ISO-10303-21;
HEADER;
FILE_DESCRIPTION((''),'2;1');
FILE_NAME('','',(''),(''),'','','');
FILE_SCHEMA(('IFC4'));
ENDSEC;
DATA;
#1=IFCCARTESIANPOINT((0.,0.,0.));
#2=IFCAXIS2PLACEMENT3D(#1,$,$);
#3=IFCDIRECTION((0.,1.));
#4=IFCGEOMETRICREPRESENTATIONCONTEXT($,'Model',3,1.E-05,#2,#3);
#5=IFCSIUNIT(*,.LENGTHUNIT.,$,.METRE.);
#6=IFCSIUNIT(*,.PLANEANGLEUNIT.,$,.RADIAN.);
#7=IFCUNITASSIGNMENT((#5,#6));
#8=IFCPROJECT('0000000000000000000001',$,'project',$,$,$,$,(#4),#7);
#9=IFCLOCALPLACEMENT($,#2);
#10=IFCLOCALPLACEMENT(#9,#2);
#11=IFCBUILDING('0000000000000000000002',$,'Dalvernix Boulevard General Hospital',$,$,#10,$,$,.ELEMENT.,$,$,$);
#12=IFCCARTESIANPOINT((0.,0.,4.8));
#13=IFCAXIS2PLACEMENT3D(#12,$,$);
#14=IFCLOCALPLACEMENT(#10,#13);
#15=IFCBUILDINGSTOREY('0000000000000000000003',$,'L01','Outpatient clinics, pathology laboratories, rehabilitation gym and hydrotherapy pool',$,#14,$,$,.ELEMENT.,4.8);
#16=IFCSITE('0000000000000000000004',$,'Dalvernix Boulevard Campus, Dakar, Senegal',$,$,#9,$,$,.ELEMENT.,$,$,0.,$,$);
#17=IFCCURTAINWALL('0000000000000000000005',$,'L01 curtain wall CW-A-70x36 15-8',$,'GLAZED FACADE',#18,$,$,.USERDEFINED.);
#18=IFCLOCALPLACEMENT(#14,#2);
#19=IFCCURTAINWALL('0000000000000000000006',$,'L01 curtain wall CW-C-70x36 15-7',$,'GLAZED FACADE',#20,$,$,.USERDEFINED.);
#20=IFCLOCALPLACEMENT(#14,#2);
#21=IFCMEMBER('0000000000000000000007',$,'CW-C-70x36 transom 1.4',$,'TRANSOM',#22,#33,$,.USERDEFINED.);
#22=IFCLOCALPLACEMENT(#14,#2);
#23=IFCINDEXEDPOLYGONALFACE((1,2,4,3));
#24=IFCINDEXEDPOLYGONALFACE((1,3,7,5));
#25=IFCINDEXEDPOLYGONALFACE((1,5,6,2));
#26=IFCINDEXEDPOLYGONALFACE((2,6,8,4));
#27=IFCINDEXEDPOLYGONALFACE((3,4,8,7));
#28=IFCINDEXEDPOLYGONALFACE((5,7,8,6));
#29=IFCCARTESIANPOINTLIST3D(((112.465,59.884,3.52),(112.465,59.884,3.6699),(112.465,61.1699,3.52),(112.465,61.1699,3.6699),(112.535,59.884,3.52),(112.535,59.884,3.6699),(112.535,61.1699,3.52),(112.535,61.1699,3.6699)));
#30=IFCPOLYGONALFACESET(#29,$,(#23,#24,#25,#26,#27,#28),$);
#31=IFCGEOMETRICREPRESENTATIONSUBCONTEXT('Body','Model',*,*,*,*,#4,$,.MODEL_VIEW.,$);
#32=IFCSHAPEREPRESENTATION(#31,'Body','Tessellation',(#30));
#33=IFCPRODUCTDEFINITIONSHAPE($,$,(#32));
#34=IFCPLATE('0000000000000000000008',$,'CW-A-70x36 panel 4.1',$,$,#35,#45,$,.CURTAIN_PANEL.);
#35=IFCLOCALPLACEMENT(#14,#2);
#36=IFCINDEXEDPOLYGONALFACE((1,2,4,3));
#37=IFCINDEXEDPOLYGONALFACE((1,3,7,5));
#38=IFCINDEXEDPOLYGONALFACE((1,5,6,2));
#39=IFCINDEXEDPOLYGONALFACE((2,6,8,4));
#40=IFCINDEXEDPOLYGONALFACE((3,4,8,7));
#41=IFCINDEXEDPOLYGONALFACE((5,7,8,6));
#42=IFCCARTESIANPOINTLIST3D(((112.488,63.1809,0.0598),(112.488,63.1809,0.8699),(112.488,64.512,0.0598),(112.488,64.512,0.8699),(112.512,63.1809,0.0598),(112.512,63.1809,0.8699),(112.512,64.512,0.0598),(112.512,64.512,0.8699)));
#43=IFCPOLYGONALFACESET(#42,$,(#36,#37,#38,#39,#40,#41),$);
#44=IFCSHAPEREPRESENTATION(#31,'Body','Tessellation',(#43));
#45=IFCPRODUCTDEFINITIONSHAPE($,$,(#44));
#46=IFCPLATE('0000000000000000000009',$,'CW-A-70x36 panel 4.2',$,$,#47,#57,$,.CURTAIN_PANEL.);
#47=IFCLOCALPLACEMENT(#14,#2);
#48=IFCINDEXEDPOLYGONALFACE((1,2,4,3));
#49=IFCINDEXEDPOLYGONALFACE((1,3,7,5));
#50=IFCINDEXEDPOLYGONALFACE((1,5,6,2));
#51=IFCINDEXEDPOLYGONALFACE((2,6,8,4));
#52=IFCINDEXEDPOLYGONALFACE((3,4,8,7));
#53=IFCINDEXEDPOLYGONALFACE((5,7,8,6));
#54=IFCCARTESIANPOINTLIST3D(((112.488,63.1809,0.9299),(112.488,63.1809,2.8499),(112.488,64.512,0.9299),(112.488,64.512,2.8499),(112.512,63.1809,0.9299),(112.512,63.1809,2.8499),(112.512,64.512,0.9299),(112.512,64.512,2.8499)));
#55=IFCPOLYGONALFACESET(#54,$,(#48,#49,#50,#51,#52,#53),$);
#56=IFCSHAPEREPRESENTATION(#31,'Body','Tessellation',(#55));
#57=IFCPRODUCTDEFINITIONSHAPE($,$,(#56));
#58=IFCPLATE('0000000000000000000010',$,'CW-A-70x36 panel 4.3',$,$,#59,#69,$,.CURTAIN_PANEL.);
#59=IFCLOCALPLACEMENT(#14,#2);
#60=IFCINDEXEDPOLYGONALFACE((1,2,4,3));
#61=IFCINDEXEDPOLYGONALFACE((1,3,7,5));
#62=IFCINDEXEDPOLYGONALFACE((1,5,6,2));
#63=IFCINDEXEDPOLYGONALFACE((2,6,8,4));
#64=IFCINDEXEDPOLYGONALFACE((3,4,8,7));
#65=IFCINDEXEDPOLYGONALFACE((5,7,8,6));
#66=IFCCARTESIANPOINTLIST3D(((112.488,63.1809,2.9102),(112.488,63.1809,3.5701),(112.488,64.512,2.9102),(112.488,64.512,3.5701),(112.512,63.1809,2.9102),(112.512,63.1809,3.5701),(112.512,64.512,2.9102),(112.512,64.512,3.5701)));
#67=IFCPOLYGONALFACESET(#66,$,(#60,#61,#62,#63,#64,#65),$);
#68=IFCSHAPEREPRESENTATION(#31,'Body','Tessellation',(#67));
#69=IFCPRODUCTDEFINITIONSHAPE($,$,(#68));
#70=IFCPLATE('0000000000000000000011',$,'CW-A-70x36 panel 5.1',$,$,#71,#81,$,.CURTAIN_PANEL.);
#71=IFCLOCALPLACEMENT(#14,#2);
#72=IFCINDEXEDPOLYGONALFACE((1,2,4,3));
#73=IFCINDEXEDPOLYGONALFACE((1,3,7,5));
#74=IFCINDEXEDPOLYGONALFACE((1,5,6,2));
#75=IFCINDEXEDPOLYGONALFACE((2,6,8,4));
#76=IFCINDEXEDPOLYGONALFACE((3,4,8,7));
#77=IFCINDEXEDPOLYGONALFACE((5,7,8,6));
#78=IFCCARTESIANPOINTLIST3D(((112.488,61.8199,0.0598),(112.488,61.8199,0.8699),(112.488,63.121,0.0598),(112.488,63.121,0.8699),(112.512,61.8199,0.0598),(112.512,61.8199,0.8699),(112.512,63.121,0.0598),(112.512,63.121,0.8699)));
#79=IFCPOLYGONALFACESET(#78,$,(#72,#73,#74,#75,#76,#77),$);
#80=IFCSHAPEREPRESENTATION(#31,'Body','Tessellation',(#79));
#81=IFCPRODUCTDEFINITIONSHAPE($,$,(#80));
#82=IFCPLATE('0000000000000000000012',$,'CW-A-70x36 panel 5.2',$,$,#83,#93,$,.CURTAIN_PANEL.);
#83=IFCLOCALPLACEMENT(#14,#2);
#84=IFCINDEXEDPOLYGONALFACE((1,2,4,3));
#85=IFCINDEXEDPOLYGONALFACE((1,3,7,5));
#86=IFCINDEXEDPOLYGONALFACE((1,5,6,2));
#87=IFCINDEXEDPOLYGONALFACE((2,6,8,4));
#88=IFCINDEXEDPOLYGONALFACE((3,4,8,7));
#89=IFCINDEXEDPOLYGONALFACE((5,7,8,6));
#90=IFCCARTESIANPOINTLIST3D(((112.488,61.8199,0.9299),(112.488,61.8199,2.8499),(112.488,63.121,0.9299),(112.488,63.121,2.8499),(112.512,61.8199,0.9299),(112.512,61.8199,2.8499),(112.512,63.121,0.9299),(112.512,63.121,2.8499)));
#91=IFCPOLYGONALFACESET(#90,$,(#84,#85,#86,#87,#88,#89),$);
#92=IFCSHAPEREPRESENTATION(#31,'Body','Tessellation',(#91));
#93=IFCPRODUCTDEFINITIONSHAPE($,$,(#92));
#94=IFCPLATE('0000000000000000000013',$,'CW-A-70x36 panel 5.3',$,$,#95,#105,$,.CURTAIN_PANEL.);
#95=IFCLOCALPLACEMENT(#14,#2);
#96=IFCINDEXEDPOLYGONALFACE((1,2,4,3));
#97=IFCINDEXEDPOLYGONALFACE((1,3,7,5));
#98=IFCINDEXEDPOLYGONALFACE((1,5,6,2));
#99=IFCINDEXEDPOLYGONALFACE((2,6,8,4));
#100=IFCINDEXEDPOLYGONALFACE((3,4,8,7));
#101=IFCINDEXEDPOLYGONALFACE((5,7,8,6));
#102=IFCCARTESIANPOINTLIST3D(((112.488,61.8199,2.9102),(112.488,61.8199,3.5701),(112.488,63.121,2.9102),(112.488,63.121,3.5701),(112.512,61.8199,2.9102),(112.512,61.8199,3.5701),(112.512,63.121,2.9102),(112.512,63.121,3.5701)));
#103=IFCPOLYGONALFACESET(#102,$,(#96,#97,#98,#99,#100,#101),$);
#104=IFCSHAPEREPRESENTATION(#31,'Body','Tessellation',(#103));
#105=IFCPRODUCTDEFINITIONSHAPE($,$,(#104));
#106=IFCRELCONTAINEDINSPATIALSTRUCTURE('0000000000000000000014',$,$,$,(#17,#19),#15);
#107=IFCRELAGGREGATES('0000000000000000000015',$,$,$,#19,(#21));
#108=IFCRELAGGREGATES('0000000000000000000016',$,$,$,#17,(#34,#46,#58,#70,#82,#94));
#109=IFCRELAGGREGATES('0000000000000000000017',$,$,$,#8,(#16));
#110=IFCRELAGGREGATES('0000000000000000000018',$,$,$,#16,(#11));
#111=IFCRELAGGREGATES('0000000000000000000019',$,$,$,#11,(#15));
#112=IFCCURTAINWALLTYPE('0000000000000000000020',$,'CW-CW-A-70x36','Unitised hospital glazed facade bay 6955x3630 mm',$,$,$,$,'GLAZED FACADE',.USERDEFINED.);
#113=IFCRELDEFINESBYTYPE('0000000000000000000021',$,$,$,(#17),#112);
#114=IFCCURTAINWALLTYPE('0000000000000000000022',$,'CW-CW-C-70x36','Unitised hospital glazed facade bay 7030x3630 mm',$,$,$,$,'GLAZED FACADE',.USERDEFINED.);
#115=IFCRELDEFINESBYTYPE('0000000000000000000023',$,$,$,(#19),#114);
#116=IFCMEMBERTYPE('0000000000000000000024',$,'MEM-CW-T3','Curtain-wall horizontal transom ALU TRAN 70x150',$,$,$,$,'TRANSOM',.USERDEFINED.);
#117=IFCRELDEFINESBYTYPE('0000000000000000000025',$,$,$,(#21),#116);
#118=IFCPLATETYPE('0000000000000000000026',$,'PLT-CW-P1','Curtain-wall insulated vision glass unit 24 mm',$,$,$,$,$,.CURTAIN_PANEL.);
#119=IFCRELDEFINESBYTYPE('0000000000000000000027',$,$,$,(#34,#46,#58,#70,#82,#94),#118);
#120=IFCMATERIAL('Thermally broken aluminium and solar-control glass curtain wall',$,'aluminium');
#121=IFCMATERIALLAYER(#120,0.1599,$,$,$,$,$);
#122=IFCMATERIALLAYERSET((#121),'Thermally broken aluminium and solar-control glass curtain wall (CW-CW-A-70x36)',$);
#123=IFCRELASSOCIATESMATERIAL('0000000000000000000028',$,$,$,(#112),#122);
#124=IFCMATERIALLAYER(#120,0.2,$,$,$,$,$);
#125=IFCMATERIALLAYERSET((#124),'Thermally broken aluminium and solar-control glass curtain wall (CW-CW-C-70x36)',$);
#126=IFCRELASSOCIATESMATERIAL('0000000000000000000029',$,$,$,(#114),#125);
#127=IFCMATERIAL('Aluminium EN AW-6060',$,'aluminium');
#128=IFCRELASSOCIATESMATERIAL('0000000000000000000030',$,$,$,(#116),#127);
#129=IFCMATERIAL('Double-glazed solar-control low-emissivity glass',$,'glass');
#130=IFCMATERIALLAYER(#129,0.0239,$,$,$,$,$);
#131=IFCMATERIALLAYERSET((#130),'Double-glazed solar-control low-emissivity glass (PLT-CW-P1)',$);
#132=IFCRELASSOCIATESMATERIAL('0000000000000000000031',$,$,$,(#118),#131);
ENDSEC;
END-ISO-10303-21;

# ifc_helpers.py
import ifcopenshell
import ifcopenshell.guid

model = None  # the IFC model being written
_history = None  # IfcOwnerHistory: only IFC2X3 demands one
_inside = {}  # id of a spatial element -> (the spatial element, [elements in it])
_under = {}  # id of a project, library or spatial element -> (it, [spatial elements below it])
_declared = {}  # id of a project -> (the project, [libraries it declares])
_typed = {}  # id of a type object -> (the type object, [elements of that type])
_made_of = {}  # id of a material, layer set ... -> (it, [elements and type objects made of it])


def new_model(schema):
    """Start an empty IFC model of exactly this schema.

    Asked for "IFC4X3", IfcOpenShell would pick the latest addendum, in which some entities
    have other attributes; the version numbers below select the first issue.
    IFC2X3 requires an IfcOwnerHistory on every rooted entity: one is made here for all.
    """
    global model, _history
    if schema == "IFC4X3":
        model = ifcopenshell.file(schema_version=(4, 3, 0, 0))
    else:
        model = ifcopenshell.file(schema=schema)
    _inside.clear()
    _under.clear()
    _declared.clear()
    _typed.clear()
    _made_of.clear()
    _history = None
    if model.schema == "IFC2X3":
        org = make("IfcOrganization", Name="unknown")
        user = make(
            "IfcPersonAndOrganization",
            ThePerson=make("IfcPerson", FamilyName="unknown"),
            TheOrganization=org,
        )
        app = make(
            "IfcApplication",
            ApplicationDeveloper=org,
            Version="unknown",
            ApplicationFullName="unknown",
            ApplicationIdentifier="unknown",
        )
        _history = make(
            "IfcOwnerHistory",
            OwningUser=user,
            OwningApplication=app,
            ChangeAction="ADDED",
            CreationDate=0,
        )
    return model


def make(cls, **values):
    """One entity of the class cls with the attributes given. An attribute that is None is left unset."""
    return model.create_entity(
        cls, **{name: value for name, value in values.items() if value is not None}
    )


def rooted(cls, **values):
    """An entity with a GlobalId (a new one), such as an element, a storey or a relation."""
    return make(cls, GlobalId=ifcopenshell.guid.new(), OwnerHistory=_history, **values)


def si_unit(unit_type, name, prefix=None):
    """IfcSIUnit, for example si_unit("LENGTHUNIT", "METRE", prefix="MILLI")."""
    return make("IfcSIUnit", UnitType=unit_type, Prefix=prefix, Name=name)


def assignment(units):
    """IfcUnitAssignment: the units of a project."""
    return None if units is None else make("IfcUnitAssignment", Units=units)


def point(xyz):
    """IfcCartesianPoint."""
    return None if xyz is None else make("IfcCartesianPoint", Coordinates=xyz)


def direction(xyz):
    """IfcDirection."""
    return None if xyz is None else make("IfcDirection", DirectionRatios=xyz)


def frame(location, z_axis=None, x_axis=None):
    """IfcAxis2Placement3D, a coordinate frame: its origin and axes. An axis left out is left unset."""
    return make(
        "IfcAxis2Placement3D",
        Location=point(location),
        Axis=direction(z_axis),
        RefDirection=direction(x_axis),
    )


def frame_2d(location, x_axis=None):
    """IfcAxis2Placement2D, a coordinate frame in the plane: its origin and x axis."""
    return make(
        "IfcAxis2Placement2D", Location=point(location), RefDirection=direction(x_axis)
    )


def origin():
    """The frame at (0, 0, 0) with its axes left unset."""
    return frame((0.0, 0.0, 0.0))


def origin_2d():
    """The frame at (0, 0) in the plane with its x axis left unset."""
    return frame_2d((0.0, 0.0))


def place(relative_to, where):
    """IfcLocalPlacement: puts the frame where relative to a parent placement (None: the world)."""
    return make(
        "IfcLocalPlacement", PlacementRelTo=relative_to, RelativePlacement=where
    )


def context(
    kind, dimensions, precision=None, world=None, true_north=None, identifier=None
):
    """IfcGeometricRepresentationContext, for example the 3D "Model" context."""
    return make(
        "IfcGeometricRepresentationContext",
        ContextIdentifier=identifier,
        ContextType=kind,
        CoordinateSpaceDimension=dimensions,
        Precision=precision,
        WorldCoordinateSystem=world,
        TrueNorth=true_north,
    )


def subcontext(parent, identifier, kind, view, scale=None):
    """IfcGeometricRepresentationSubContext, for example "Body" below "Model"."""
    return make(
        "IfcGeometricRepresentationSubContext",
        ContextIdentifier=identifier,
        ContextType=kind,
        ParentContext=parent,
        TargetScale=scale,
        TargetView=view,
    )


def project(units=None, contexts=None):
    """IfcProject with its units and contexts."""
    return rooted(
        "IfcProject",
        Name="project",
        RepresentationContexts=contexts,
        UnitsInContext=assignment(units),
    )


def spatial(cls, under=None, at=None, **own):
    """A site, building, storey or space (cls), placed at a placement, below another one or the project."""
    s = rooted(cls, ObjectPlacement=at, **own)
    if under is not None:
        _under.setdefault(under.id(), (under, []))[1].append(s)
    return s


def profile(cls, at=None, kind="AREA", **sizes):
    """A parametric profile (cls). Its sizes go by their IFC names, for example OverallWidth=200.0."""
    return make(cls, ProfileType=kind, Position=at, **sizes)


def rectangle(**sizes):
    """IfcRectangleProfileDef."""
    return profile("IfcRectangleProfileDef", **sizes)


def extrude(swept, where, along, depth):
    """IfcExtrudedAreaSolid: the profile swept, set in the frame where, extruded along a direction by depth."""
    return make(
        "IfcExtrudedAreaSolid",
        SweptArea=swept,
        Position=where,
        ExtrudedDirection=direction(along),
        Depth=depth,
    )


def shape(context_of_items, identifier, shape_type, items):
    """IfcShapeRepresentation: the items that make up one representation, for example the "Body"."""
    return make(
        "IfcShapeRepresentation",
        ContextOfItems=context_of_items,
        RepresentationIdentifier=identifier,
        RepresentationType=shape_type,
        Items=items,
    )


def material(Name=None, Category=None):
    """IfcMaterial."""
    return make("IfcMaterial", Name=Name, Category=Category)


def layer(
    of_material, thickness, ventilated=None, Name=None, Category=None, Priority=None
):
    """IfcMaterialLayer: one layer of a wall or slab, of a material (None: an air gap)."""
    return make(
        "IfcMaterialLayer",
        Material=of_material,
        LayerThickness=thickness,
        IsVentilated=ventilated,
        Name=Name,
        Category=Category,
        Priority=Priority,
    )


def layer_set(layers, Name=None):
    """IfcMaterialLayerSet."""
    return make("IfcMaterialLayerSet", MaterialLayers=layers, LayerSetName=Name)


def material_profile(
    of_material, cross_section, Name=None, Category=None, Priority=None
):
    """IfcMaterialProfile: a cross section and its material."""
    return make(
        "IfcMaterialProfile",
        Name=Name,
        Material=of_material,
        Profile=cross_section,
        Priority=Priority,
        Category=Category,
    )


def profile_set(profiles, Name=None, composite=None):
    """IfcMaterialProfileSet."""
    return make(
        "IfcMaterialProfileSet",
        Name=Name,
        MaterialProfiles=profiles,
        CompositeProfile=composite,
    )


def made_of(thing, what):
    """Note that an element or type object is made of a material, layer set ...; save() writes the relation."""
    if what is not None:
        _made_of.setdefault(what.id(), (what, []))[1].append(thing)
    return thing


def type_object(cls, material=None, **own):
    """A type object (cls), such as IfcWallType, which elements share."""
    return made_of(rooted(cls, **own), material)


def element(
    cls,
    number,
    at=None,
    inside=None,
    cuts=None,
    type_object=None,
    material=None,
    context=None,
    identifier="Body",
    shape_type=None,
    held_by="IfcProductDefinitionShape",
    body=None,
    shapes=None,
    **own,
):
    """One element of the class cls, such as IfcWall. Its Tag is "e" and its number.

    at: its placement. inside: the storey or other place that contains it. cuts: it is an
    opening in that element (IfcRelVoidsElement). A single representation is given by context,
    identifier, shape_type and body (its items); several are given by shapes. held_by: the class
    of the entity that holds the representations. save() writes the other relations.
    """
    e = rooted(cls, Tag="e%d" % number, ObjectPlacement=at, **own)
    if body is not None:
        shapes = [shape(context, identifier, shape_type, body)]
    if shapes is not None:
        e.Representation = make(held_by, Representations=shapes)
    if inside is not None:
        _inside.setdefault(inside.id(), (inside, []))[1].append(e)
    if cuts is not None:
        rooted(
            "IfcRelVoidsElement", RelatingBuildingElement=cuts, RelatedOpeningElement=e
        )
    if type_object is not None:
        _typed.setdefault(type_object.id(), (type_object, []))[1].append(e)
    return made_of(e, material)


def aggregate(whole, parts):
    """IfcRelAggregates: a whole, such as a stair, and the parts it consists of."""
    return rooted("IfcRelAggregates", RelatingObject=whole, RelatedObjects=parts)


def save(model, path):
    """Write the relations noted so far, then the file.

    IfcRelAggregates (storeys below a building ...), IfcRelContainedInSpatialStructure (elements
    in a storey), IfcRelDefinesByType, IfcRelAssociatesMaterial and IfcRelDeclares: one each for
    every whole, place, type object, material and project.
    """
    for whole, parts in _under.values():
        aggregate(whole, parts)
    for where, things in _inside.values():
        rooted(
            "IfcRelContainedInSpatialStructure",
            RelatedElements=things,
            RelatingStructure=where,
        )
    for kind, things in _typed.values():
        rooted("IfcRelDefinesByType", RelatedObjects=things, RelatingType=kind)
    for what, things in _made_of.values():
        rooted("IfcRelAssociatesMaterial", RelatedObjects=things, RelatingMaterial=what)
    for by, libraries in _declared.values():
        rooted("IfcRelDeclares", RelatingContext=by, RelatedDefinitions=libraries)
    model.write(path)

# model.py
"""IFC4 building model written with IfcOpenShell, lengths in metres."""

from ifc_helpers import new_model, si_unit, direction, frame, origin, origin_2d, place, context, subcontext, project, spatial, rectangle, extrude, material, layer, layer_set, material_profile, profile_set, type_object, element, aggregate, save


model = new_model("IFC4")

# Units and contexts
model_context = context("Model", 3, precision=1e-05, world=origin(), true_north=direction((0.0, 1.0)))
body_context = subcontext(model_context, "Body", "Model", "MODEL_VIEW")
ifc_project = project(units=[si_unit("LENGTHUNIT", "METRE"), si_unit("PLANEANGLEUNIT", "RADIAN")], contexts=[model_context])

# Site, building, storey
site_placement = place(None, origin())
site = spatial("IfcSite", under=ifc_project, at=site_placement, Name="Dalvernix Boulevard Campus, Dakar, Senegal", CompositionType="ELEMENT", RefElevation=0.0)
building_placement = place(site_placement, origin())
building = spatial("IfcBuilding", under=site, at=building_placement, Name="Dalvernix Boulevard General Hospital", CompositionType="ELEMENT")
storey_placement = place(building_placement, frame((0.0, 0.0, 4.8)))
storey = spatial("IfcBuildingStorey", under=building, at=storey_placement, Name="L01", Description="Outpatient clinics, pathology laboratories, rehabilitation gym and hydrotherapy pool", CompositionType="ELEMENT", Elevation=4.8)

# Curtain wall
ifc_material_1 = material(Name="Thermally broken aluminium and solar-control glass curtain wall", Category="aluminium")
ifc_layer_1 = layer(ifc_material_1, 0.1599)
ifc_layer_set_1 = layer_set([ifc_layer_1], Name="Thermally broken aluminium and solar-control glass curtain wall (CW-CW-A-70x36)")
curtain_wall_type_1 = type_object("IfcCurtainWallType", Name="CW-CW-A-70x36", Description="Unitised hospital glazed facade bay 6955x3630 mm", ElementType="GLAZED FACADE", PredefinedType="USERDEFINED", material=ifc_layer_set_1)
curtain_wall_1_placement = place(storey_placement, origin())
curtain_wall_1 = element("IfcCurtainWall", 1, at=curtain_wall_1_placement, inside=storey, type_object=curtain_wall_type_1, Name="L01 curtain wall CW-A-70x36 15-8", ObjectType="GLAZED FACADE", PredefinedType="USERDEFINED")
ifc_material_2 = material(Name="Aluminium EN AW-6060", Category="aluminium")

# Curtain wall
ifc_layer_2 = layer(ifc_material_1, 0.2)
ifc_layer_set_2 = layer_set([ifc_layer_2], Name="Thermally broken aluminium and solar-control glass curtain wall (CW-CW-C-70x36)")
curtain_wall_type_2 = type_object("IfcCurtainWallType", Name="CW-CW-C-70x36", Description="Unitised hospital glazed facade bay 7030x3630 mm", ElementType="GLAZED FACADE", PredefinedType="USERDEFINED", material=ifc_layer_set_2)
curtain_wall_2_placement = place(storey_placement, origin())
curtain_wall_2 = element("IfcCurtainWall", 2, at=curtain_wall_2_placement, inside=storey, type_object=curtain_wall_type_2, Name="L01 curtain wall CW-C-70x36 15-7", ObjectType="GLAZED FACADE", PredefinedType="USERDEFINED")

# Member
ifc_material_profile_1 = material_profile(ifc_material_2, rectangle(XDim=0.0701, YDim=0.1499, at=origin_2d()), Name="ALU TRAN 70x150")
ifc_profile_set_1 = profile_set([ifc_material_profile_1], Name="Aluminium EN AW-6060")
member_type_1 = type_object("IfcMemberType", Name="MEM-CW-T3", Description="Curtain-wall horizontal transom ALU TRAN 70x150", ElementType="TRANSOM", PredefinedType="USERDEFINED", material=ifc_profile_set_1)
member_1_placement = place(storey_placement, frame((112.5, 61.1699, 3.595), z_axis=(0.0, -1.0, 0.0), x_axis=(1.0, 0.0, 0.0)))
member_1 = element("IfcMember", 3, at=member_1_placement, type_object=member_type_1, Name="CW-C-70x36 transom 1.4", ObjectType="TRANSOM", PredefinedType="USERDEFINED", context=body_context, shape_type="SweptSolid", body=[
    extrude(rectangle(XDim=0.0701, YDim=0.1499, at=origin_2d()), origin(), (0.0, 0.0, 1.0), 1.2859),
])
aggregate(curtain_wall_2, [member_1])

# Plates
ifc_material_3 = material(Name="Double-glazed solar-control low-emissivity glass", Category="glass")
ifc_layer_3 = layer(ifc_material_3, 0.0239)
ifc_layer_set_3 = layer_set([ifc_layer_3], Name="Double-glazed solar-control low-emissivity glass (PLT-CW-P1)")
plate_type = type_object("IfcPlateType", Name="PLT-CW-P1", Description="Curtain-wall insulated vision glass unit 24 mm", PredefinedType="CURTAIN_PANEL", material=ifc_layer_set_3)
plate_1_placement = place(storey_placement, frame((112.5, 63.8464, 0.0598), z_axis=(0.0, 0.0, 1.0), x_axis=(0.0, -1.0, 0.0)))
plate_1 = element("IfcPlate", 4, at=plate_1_placement, type_object=plate_type, Name="CW-A-70x36 panel 4.1", PredefinedType="CURTAIN_PANEL", context=body_context, shape_type="SweptSolid", body=[
    extrude(rectangle(XDim=1.3311, YDim=0.0239, at=origin_2d()), origin(), (0.0, 0.0, 1.0), 0.8101),
])
plate_2_placement = place(storey_placement, frame((112.5, 63.8464, 0.9299), z_axis=(0.0, 0.0, 1.0), x_axis=(0.0, -1.0, 0.0)))
plate_2 = element("IfcPlate", 5, at=plate_2_placement, type_object=plate_type, Name="CW-A-70x36 panel 4.2", PredefinedType="CURTAIN_PANEL", context=body_context, shape_type="SweptSolid", body=[
    extrude(rectangle(XDim=1.3311, YDim=0.0239, at=origin_2d()), origin(), (0.0, 0.0, 1.0), 1.9199),
])
plate_3_placement = place(storey_placement, frame((112.5, 63.8464, 2.9102), z_axis=(0.0, 0.0, 1.0), x_axis=(0.0, -1.0, 0.0)))
plate_3 = element("IfcPlate", 6, at=plate_3_placement, type_object=plate_type, Name="CW-A-70x36 panel 4.3", PredefinedType="CURTAIN_PANEL", context=body_context, shape_type="SweptSolid", body=[
    extrude(rectangle(XDim=1.3311, YDim=0.0239, at=origin_2d()), origin(), (0.0, 0.0, 1.0), 0.6599),
])
plate_4_placement = place(storey_placement, frame((112.5, 62.4705, 0.0598), z_axis=(0.0, 0.0, 1.0), x_axis=(0.0, -1.0, 0.0)))
plate_4 = element("IfcPlate", 7, at=plate_4_placement, type_object=plate_type, Name="CW-A-70x36 panel 5.1", PredefinedType="CURTAIN_PANEL", context=body_context, shape_type="SweptSolid", body=[
    extrude(rectangle(XDim=1.301, YDim=0.0239, at=origin_2d()), origin(), (0.0, 0.0, 1.0), 0.8101),
])
plate_5_placement = place(storey_placement, frame((112.5, 62.4705, 0.9299), z_axis=(0.0, 0.0, 1.0), x_axis=(0.0, -1.0, 0.0)))
plate_5 = element("IfcPlate", 8, at=plate_5_placement, type_object=plate_type, Name="CW-A-70x36 panel 5.2", PredefinedType="CURTAIN_PANEL", context=body_context, shape_type="SweptSolid", body=[
    extrude(rectangle(XDim=1.301, YDim=0.0239, at=origin_2d()), origin(), (0.0, 0.0, 1.0), 1.9199),
])
plate_6_placement = place(storey_placement, frame((112.5, 62.4705, 2.9102), z_axis=(0.0, 0.0, 1.0), x_axis=(0.0, -1.0, 0.0)))
plate_6 = element("IfcPlate", 9, at=plate_6_placement, type_object=plate_type, Name="CW-A-70x36 panel 5.3", PredefinedType="CURTAIN_PANEL", context=body_context, shape_type="SweptSolid", body=[
    extrude(rectangle(XDim=1.301, YDim=0.0239, at=origin_2d()), origin(), (0.0, 0.0, 1.0), 0.6599),
])
aggregate(curtain_wall_1, [plate_1, plate_2, plate_3, plate_4, plate_5, plate_6])

save(model, "model.ifc")
